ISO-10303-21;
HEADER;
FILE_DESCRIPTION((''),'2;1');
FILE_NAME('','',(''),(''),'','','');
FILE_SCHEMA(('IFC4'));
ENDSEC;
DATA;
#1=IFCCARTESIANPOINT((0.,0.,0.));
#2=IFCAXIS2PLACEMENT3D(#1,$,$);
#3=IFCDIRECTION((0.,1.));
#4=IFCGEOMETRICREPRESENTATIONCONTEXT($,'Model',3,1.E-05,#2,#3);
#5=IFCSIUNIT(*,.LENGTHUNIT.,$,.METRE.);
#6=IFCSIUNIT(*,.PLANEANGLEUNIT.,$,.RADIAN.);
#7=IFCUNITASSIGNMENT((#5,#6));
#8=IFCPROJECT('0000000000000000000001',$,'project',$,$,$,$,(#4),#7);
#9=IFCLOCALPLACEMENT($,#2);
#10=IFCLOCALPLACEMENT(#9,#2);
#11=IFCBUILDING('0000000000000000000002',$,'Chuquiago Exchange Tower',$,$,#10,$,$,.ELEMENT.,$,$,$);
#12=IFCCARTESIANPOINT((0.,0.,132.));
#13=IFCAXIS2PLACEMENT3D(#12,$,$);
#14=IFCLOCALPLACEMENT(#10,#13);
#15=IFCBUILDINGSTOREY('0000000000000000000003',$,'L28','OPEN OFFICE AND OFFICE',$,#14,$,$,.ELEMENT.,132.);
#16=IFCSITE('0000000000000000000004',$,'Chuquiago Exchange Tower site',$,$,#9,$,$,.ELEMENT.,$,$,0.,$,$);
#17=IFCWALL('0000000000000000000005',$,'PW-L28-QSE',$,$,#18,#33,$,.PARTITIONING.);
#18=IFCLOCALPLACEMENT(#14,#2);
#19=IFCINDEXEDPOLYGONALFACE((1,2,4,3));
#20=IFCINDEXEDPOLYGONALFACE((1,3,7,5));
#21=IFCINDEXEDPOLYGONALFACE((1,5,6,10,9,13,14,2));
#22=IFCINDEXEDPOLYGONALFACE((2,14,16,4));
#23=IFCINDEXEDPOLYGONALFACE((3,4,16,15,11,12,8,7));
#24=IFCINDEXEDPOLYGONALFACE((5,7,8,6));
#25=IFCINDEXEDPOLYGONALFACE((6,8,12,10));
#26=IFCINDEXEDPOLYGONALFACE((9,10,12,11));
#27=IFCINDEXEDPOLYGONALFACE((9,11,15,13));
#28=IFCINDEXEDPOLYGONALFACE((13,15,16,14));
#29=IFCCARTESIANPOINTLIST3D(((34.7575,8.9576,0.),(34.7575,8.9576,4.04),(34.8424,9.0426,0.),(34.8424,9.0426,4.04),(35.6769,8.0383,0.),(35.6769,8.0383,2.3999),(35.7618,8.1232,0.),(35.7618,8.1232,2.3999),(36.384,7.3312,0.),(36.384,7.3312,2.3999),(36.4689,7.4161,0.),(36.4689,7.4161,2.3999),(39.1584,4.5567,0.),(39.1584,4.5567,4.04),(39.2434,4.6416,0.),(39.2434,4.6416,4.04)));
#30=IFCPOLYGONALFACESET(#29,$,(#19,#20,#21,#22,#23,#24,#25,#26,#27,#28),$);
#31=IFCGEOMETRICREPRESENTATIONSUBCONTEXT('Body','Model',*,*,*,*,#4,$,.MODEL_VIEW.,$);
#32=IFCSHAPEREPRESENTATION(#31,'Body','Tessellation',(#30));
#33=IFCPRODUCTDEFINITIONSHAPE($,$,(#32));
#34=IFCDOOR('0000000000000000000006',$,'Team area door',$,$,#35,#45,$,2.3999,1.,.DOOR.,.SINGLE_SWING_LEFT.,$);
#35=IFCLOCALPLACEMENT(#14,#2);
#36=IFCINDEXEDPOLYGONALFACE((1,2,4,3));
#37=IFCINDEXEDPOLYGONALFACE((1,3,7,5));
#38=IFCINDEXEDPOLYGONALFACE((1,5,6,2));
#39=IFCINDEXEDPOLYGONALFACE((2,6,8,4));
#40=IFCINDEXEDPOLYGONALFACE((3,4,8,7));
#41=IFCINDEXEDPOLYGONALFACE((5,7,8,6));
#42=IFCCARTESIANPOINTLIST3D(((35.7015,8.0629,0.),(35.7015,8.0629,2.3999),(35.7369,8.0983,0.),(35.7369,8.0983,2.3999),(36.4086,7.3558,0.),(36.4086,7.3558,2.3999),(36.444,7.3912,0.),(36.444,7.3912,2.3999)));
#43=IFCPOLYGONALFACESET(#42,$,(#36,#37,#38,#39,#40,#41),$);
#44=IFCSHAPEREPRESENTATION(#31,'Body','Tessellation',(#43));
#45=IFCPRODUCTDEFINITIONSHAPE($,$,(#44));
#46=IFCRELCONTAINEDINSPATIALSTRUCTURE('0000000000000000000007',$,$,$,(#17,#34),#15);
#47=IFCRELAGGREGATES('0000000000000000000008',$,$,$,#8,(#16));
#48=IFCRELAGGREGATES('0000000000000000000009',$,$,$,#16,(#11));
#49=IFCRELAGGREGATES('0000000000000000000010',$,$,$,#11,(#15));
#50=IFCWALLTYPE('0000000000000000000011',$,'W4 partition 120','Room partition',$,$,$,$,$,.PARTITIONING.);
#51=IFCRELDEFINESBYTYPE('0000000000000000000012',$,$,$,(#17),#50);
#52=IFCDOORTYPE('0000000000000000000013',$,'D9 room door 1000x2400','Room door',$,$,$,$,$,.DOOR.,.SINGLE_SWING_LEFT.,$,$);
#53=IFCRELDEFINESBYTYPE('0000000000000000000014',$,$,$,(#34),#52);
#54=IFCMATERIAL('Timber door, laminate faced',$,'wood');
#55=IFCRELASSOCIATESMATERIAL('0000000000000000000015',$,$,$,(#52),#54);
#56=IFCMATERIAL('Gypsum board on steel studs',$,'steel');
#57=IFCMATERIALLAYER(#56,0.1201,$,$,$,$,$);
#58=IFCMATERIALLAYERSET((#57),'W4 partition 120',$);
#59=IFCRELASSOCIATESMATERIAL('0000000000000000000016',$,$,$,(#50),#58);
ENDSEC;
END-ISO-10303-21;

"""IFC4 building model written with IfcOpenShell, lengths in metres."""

from ifc_helpers import new_model, si_unit, direction, frame, frame_2d, origin, place, context, subcontext, project, spatial, rectangle, extrude, material, layer, layer_set, type_object, element, fill, save


model = new_model("IFC4")

# Units and contexts
model_context = context("Model", 3, precision=1e-05, world=origin(), true_north=direction((0.0, 1.0)))
body_context = subcontext(model_context, "Body", "Model", "MODEL_VIEW")
ifc_project = project(units=[si_unit("LENGTHUNIT", "METRE"), si_unit("PLANEANGLEUNIT", "RADIAN")], contexts=[model_context])

# Site, building, storey
site_placement = place(None, origin())
site = spatial("IfcSite", under=ifc_project, at=site_placement, Name="Chuquiago Exchange Tower site", CompositionType="ELEMENT", RefElevation=0.0)
building_placement = place(site_placement, origin())
building = spatial("IfcBuilding", under=site, at=building_placement, Name="Chuquiago Exchange Tower", CompositionType="ELEMENT")
storey_placement = place(building_placement, frame((0.0, 0.0, 132.0)))
storey = spatial("IfcBuildingStorey", under=building, at=storey_placement, Name="L28", Description="OPEN OFFICE AND OFFICE", CompositionType="ELEMENT", Elevation=132.0)

# Shared definitions
ifc_material_1 = material(Name="Timber door, laminate faced", Category="wood")
door_type_1 = type_object("IfcDoorType", Name="D9 room door 1000x2400", Description="Room door", OperationType="SINGLE_SWING_LEFT", PredefinedType="DOOR", material=ifc_material_1)

# Shared definitions
ifc_material_2 = material(Name="Gypsum board on steel studs", Category="steel")
ifc_layer_1 = layer(ifc_material_2, 0.1201)
ifc_layer_set_1 = layer_set([ifc_layer_1], Name="W4 partition 120")
wall_type_1 = type_object("IfcWallType", Name="W4 partition 120", Description="Room partition", PredefinedType="PARTITIONING", material=ifc_layer_set_1)

# Wall, opening, door
wall_1_placement = place(storey_placement, frame((34.8, 9.0, 0.0), z_axis=(0.0, 0.0, 1.0), x_axis=(0.707107, -0.707107, 0.0)))
wall_1 = element("IfcWall", 1, at=wall_1_placement, inside=storey, type_object=wall_type_1, Name="PW-L28-QSE", PredefinedType="PARTITIONING", context=body_context, shape_type="SweptSolid", body=[
    extrude(rectangle(XDim=6.2239, YDim=0.1201, at=frame_2d((3.1118, 0.0))), origin(), (0.0, 0.0, 1.0), 4.04),
])
opening_1_placement = place(wall_1_placement, frame((1.3, 0.0, 0.0)))
opening_1 = element("IfcOpeningElement", 2, at=opening_1_placement, cuts=wall_1, PredefinedType="OPENING", context=body_context, shape_type="SweptSolid", body=[
    extrude(rectangle(XDim=1.0, YDim=2.3999, at=frame_2d((0.5, 1.2))), frame((0.0, 0.0701, 0.0), z_axis=(0.0, -1.0, 0.0), x_axis=(1.0, 0.0, 0.0)), (0.0, 0.0, 1.0), 0.1401),
])
door_1_placement = place(opening_1_placement, origin())
door_1 = element("IfcDoor", 3, at=door_1_placement, inside=storey, type_object=door_type_1, Name="Team area door", OperationType="SINGLE_SWING_LEFT", OverallHeight=2.3999, OverallWidth=1.0, PredefinedType="DOOR", context=body_context, shape_type="SweptSolid", body=[
    extrude(rectangle(XDim=1.0, YDim=2.3999, at=frame_2d((0.5, 1.2))), frame((0.0, 0.0249, 0.0), z_axis=(0.0, -1.0, 0.0), x_axis=(1.0, 0.0, 0.0)), (0.0, 0.0, 1.0), 0.05),
])
fill(opening_1, door_1)

save(model, "model.ifc")
